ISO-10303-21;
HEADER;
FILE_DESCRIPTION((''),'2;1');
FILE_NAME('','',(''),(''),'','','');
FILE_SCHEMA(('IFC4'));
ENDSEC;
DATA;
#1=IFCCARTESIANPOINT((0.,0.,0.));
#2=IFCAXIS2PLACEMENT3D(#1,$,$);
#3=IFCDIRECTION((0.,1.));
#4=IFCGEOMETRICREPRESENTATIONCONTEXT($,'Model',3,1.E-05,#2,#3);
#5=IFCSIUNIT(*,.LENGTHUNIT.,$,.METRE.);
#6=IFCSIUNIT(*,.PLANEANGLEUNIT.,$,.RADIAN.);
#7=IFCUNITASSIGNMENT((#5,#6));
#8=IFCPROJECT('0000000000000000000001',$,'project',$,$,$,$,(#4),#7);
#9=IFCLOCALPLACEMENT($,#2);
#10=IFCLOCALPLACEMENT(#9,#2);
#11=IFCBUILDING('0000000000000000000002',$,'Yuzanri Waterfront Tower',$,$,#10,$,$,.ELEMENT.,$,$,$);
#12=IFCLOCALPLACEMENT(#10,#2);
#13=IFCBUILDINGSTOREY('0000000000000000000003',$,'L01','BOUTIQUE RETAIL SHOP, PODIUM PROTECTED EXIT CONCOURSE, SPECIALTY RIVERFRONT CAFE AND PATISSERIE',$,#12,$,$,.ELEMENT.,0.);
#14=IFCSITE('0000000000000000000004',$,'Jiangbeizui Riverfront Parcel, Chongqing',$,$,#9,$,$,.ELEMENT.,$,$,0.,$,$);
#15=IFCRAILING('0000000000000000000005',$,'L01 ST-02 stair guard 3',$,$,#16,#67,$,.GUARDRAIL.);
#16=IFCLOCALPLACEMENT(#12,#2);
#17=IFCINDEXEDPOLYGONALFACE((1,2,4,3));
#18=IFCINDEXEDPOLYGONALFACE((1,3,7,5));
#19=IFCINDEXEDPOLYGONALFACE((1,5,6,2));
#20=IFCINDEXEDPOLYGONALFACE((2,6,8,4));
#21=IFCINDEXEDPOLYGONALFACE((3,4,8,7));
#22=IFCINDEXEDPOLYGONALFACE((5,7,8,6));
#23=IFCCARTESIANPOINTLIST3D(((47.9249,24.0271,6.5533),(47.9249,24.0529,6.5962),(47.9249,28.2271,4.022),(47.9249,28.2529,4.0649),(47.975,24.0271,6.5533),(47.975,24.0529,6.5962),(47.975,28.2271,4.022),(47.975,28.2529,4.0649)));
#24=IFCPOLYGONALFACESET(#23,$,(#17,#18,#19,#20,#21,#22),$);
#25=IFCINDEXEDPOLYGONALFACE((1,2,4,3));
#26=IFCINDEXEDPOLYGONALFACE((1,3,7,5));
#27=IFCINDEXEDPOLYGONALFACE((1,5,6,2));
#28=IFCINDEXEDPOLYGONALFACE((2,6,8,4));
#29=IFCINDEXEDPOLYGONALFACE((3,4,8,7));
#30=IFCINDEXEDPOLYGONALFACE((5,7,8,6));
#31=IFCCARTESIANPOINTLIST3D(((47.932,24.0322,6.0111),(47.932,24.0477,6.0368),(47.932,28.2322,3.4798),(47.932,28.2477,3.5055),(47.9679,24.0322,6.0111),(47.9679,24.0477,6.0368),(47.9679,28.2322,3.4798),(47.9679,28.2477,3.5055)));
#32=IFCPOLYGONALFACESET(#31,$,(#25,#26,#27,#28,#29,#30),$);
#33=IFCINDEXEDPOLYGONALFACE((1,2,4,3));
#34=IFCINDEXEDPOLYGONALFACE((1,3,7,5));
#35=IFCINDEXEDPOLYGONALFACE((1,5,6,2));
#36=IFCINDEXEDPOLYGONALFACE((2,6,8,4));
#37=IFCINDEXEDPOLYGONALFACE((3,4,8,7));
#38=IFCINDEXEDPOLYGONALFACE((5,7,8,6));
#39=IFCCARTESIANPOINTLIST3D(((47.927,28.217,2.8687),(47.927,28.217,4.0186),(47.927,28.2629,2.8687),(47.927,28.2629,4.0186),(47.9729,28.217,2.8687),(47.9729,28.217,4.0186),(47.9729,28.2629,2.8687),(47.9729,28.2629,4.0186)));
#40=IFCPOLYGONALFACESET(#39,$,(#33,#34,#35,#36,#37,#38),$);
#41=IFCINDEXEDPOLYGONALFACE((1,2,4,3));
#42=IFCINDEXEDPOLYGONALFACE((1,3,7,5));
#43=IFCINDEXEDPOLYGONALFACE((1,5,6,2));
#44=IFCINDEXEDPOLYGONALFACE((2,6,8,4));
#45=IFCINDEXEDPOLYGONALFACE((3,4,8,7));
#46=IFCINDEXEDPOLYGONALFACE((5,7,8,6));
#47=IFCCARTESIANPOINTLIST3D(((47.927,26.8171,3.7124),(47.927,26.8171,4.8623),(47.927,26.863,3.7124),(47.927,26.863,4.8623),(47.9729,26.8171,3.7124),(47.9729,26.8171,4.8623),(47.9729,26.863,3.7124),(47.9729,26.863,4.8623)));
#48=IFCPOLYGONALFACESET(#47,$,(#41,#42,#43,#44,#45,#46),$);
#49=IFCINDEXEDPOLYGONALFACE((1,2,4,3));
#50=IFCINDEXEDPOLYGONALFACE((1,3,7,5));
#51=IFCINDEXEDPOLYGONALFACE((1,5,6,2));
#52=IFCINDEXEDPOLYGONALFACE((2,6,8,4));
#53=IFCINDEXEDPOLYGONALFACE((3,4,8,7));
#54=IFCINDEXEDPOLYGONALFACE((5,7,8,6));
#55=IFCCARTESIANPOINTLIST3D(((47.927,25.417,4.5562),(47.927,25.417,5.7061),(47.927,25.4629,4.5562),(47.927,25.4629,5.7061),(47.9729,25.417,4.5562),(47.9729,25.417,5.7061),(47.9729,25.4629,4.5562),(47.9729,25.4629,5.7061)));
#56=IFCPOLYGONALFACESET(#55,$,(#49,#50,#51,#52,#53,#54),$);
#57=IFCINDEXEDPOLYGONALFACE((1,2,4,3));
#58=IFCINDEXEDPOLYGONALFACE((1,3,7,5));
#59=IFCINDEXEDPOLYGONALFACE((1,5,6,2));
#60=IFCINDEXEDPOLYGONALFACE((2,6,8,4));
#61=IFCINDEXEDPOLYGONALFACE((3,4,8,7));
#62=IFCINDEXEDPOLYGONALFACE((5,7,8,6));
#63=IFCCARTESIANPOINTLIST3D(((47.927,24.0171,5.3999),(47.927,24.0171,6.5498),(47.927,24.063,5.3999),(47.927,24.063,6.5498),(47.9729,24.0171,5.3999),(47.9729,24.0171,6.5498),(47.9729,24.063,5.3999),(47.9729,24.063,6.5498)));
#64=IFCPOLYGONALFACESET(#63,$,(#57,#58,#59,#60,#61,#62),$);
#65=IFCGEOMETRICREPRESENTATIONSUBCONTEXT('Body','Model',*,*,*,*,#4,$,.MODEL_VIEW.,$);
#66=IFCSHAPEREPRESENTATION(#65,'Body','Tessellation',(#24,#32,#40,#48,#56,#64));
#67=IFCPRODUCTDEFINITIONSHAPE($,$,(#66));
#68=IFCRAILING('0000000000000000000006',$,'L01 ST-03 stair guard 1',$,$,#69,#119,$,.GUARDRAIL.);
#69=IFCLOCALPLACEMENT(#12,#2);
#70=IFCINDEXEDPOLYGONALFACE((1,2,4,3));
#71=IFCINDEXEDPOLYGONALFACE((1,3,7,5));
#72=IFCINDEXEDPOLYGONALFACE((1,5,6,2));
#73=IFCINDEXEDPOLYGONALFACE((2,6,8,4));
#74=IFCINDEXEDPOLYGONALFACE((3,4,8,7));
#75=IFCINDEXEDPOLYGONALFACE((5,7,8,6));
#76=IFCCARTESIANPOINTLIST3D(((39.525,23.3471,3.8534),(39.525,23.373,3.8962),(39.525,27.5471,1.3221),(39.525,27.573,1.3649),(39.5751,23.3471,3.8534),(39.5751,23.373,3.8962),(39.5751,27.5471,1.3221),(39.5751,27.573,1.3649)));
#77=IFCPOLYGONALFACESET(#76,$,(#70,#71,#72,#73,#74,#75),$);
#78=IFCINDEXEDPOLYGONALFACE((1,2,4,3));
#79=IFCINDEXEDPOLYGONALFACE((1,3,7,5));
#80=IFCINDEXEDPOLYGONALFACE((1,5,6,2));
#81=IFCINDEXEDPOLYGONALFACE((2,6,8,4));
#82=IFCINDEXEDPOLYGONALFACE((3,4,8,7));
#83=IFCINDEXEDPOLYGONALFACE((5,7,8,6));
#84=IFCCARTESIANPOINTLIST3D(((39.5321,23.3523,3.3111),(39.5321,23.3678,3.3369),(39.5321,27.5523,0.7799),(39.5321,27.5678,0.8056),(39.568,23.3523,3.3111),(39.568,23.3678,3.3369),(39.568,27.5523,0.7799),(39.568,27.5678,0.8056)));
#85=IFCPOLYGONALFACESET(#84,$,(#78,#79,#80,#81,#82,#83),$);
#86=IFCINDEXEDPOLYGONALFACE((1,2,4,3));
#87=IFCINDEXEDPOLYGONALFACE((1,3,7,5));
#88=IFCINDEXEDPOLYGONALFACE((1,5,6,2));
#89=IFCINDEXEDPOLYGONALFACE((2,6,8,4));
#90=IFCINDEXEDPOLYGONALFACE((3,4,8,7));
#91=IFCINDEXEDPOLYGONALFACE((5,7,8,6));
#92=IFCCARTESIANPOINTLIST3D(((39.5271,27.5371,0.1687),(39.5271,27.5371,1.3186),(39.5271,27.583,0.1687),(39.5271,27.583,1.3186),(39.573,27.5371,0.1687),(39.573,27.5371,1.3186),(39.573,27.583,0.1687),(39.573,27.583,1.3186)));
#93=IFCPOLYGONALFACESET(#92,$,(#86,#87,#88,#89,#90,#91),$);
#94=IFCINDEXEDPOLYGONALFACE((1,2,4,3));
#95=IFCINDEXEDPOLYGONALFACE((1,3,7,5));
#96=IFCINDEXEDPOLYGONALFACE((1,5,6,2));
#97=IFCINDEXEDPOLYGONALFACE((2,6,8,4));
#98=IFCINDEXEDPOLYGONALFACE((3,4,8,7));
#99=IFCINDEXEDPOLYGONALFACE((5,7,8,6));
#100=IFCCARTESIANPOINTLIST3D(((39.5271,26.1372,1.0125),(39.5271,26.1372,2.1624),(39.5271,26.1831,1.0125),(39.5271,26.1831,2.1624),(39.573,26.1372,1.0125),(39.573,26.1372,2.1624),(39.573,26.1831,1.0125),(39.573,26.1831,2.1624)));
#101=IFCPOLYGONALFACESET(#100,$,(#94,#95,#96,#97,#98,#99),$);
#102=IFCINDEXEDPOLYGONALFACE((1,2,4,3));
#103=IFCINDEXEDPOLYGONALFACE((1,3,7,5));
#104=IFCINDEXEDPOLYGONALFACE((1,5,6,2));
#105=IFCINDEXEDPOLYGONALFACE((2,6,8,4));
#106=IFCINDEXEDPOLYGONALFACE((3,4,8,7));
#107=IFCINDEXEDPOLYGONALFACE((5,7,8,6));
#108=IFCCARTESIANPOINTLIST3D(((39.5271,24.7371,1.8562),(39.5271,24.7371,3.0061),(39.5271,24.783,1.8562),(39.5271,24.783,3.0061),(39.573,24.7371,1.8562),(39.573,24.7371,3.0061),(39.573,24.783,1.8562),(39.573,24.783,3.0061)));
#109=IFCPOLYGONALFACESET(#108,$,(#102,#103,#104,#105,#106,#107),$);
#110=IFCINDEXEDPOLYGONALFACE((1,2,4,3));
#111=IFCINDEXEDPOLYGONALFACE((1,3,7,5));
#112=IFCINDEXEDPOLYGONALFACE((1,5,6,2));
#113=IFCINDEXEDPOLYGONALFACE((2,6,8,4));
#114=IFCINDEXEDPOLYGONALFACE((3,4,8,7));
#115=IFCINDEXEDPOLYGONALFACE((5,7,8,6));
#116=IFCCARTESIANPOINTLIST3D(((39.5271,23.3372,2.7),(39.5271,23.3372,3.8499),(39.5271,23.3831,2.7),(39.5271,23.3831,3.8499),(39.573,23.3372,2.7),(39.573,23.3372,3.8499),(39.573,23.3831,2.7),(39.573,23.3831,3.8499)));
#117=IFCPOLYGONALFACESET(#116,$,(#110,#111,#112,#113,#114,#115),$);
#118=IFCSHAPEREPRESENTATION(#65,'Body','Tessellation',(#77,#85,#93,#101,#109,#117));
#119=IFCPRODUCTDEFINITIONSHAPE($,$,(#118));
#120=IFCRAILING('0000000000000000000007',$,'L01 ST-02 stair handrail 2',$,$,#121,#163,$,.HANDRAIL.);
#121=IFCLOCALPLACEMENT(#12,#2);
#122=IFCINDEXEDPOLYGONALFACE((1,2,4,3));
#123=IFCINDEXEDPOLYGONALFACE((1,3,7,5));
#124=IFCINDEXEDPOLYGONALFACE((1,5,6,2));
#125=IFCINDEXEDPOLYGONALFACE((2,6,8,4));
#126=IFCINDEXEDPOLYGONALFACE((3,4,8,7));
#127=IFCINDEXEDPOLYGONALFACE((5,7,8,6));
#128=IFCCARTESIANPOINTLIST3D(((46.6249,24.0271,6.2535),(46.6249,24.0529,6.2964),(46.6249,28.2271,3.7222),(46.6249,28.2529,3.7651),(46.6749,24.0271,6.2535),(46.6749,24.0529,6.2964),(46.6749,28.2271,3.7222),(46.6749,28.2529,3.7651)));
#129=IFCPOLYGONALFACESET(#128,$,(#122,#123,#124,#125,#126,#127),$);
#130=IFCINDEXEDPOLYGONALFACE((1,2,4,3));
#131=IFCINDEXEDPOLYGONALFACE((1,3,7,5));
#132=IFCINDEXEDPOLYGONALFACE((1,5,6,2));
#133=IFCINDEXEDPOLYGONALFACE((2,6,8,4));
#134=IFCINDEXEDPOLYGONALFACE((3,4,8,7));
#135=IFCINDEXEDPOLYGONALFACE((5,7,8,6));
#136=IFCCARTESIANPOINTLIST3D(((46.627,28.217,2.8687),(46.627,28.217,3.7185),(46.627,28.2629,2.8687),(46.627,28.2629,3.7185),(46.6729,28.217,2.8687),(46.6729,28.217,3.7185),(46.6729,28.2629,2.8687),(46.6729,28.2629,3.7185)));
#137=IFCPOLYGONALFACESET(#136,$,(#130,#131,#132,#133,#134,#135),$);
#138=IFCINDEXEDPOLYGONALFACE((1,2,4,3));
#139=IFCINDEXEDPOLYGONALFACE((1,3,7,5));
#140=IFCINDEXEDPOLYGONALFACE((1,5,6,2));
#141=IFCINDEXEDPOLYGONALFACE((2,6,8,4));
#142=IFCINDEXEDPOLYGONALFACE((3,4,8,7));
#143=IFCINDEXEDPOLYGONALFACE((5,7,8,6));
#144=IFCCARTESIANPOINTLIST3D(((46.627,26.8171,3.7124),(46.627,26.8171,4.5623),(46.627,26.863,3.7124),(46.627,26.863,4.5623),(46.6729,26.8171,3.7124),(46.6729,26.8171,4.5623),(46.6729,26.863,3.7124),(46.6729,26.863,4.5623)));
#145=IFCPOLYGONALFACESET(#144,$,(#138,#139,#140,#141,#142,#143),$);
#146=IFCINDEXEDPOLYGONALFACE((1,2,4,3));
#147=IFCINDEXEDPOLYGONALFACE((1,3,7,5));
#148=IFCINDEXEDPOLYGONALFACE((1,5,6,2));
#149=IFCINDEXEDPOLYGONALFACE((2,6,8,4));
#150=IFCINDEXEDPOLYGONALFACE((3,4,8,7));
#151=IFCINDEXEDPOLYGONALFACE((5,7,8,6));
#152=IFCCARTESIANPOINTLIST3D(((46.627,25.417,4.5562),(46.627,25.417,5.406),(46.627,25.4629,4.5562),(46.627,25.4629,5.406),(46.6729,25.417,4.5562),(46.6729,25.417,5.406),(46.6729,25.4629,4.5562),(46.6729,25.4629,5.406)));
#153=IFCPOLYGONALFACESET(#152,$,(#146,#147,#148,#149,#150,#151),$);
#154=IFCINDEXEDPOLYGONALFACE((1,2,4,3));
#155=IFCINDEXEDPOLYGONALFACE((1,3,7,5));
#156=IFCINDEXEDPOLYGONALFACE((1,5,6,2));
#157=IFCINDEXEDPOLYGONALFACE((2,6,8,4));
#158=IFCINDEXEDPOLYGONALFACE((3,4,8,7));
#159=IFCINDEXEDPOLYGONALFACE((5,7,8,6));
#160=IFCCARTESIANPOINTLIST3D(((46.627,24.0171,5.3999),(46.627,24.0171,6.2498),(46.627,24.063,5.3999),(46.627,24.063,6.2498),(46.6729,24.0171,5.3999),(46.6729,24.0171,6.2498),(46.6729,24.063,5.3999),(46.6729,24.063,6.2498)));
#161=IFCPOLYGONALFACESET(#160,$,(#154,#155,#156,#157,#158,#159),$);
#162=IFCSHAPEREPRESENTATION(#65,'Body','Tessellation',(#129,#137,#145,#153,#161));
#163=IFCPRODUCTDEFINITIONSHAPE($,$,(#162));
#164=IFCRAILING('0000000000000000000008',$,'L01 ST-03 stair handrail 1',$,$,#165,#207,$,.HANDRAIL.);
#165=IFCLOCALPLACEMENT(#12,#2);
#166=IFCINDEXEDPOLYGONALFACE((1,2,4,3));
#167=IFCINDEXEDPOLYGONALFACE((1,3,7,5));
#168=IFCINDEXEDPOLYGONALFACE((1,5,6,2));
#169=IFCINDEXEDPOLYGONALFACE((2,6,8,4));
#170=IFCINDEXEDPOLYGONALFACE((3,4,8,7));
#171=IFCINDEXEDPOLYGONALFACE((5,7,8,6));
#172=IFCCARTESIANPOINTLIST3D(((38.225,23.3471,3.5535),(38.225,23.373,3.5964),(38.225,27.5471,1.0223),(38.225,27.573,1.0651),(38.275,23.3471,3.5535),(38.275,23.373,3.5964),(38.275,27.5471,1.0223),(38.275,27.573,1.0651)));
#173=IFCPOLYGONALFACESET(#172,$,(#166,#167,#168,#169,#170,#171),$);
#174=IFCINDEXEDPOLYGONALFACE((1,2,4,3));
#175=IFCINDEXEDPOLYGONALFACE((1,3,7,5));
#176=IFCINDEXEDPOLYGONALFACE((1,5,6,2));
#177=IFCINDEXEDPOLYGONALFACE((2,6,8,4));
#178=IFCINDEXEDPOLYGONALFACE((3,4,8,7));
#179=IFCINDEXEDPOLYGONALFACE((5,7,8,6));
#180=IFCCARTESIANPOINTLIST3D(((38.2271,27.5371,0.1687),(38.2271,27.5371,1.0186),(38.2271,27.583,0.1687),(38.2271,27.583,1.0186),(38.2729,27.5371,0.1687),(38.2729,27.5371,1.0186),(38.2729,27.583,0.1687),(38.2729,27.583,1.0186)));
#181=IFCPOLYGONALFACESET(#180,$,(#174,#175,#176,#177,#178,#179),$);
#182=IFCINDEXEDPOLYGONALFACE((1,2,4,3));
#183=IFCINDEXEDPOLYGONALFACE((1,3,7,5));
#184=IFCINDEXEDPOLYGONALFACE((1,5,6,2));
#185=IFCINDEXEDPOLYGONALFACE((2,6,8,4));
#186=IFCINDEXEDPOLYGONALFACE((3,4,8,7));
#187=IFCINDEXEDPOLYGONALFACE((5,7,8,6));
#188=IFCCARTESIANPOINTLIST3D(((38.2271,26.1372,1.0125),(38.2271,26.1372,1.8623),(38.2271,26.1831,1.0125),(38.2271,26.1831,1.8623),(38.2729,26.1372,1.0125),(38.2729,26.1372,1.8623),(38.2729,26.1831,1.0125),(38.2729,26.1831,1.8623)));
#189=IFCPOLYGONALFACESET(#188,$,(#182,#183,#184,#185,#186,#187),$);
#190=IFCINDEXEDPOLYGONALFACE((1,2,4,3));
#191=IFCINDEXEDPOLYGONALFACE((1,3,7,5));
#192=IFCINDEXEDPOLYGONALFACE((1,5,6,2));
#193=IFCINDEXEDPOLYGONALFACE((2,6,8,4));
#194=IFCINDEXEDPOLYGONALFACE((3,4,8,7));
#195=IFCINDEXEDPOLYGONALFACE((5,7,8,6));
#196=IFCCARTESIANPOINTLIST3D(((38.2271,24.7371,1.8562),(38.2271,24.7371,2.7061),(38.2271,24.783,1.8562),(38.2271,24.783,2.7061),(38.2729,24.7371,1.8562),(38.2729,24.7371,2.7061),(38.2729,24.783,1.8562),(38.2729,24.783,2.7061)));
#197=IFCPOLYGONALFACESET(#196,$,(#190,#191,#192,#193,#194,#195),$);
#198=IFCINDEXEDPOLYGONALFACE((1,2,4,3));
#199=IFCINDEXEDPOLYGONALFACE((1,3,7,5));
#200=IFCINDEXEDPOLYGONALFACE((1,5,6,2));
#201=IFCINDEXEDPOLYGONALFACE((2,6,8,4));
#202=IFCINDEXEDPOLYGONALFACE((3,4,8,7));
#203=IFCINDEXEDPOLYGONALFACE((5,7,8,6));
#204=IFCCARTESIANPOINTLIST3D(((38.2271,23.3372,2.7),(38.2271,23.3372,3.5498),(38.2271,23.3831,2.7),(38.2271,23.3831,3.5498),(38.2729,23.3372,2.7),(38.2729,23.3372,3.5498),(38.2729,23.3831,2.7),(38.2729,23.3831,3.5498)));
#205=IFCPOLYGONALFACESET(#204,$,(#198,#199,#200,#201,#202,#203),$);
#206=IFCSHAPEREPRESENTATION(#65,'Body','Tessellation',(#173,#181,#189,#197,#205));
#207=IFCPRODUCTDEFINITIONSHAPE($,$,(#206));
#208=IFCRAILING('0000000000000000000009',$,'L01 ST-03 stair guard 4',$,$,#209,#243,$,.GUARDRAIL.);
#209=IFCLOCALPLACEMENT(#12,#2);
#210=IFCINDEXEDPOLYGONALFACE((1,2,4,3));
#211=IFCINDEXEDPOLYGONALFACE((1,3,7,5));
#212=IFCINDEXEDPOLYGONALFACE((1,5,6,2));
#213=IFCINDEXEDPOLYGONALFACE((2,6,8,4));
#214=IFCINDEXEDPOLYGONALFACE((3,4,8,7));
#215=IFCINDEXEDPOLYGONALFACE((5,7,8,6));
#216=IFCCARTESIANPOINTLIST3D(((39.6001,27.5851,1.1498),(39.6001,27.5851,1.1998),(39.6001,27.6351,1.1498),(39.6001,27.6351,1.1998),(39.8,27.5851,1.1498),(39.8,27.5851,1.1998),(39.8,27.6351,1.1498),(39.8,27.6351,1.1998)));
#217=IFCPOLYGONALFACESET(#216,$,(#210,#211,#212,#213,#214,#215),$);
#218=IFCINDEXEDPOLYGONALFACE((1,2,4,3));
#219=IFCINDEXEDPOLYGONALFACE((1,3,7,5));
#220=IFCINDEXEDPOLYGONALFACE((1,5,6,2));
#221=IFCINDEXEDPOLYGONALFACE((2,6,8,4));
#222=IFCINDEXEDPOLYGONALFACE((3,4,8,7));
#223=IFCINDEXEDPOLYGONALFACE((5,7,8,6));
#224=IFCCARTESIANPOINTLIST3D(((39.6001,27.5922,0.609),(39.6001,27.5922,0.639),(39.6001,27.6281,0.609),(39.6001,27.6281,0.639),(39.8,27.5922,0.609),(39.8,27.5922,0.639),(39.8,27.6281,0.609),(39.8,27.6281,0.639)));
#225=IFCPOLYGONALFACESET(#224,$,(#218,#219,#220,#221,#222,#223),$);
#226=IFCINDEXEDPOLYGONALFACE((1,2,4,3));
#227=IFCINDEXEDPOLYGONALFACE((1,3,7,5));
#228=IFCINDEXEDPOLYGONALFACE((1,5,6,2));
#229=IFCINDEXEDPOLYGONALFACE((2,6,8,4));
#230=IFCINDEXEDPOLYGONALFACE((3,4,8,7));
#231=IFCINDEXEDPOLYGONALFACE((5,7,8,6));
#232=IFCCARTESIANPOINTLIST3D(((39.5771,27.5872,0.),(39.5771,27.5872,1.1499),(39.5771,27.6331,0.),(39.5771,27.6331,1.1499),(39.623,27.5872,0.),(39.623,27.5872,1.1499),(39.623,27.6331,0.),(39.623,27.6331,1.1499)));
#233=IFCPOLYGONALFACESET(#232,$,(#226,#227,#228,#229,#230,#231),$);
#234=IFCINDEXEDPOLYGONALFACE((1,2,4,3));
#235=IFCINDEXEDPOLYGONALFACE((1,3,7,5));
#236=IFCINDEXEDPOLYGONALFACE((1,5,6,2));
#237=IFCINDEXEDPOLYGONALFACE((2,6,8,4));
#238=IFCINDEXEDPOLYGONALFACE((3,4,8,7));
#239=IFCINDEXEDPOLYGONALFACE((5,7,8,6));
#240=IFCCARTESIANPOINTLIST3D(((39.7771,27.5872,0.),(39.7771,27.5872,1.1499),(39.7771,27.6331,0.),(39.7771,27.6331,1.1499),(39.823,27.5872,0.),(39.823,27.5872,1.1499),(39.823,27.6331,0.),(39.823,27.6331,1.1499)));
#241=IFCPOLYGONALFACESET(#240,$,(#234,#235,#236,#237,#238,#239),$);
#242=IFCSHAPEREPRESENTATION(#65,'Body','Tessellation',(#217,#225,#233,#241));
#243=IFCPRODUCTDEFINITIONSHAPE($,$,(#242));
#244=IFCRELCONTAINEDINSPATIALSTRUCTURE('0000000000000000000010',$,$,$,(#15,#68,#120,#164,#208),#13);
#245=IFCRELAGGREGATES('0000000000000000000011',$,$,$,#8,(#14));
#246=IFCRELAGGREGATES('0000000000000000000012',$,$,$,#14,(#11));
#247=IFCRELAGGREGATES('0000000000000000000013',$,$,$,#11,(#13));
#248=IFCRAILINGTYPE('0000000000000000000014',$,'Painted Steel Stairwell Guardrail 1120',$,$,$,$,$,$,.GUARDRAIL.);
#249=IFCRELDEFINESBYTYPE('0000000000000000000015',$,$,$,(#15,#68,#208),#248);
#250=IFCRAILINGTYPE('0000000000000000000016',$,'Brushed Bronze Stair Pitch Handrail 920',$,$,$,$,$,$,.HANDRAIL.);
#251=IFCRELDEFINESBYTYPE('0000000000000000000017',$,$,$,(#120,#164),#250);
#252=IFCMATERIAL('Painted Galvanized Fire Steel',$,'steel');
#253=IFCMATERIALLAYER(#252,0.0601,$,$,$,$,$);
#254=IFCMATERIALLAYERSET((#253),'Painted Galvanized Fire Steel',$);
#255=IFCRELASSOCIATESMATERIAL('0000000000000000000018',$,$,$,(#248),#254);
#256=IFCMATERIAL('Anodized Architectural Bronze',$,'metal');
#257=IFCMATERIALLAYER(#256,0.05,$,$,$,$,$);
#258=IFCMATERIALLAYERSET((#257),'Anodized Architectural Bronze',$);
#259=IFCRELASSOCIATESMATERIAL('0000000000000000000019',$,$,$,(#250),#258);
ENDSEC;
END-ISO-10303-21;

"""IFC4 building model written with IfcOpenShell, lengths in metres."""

from ifc_helpers import new_model, si_unit, direction, frame, origin, origin_2d, place, context, subcontext, project, spatial, rectangle, extrude, source, transform, mapped, material, layer, layer_set, type_object, element, save


model = new_model("IFC4")

# Units and contexts
model_context = context("Model", 3, precision=1e-05, world=origin(), true_north=direction((0.0, 1.0)))
body_context = subcontext(model_context, "Body", "Model", "MODEL_VIEW")
ifc_project = project(units=[si_unit("LENGTHUNIT", "METRE"), si_unit("PLANEANGLEUNIT", "RADIAN")], contexts=[model_context])

# Site, building, storey
site_placement = place(None, origin())
site = spatial("IfcSite", under=ifc_project, at=site_placement, Name="Jiangbeizui Riverfront Parcel, Chongqing", CompositionType="ELEMENT", RefElevation=0.0)
building_placement = place(site_placement, origin())
building = spatial("IfcBuilding", under=site, at=building_placement, Name="Yuzanri Waterfront Tower", CompositionType="ELEMENT")
storey_placement = place(building_placement, origin())
storey = spatial("IfcBuildingStorey", under=building, at=storey_placement, Name="L01", Description="BOUTIQUE RETAIL SHOP, PODIUM PROTECTED EXIT CONCOURSE, SPECIALTY RIVERFRONT CAFE AND PATISSERIE", CompositionType="ELEMENT", Elevation=0.0)

# Railings
ifc_material_1 = material(Name="Painted Galvanized Fire Steel", Category="steel")
ifc_layer_1 = layer(ifc_material_1, 0.0601)
ifc_layer_set_1 = layer_set([ifc_layer_1], Name="Painted Galvanized Fire Steel")
railing_type_1 = type_object("IfcRailingType", Name="Painted Steel Stairwell Guardrail 1120", PredefinedType="GUARDRAIL", material=ifc_layer_set_1)
shared_shape_1 = source(origin(), body_context, "Body", "SweptSolid", [
    extrude(rectangle(XDim=0.05, YDim=0.05, at=origin_2d()), frame((0.0, 0.0, 1.1748), z_axis=(0.0, -0.856476, 0.516186), x_axis=(1.0, 0.0, 0.0)), (0.0, 0.0, 1.0), 4.9038),
    extrude(rectangle(XDim=0.0359, YDim=0.03, at=origin_2d()), frame((0.0, 0.0, 0.624), z_axis=(0.0, -0.856476, 0.516186), x_axis=(1.0, 0.0, 0.0)), (0.0, 0.0, 1.0), 4.9038),
    extrude(rectangle(XDim=0.0459, YDim=0.0459, at=origin_2d()), origin(), (0.0, 0.0, 1.0), 1.1499),
    extrude(rectangle(XDim=0.0459, YDim=0.0459, at=origin_2d()), frame((0.0, -1.3999, 0.8438)), (0.0, 0.0, 1.0), 1.1499),
    extrude(rectangle(XDim=0.0459, YDim=0.0459, at=origin_2d()), frame((0.0, -2.8, 1.6875)), (0.0, 0.0, 1.0), 1.1499),
    extrude(rectangle(XDim=0.0459, YDim=0.0459, at=origin_2d()), frame((0.0, -4.2, 2.5312)), (0.0, 0.0, 1.0), 1.1499),
])
for number, where, name in (
    (1, (47.95, 28.24, 2.8687), "L01 ST-02 stair guard 3"),
    (2, (39.55, 27.5601, 0.1687), "L01 ST-03 stair guard 1"),
):
    element("IfcRailing", number, at=place(storey_placement, frame(where)), inside=storey, type_object=railing_type_1, Name=name, PredefinedType="GUARDRAIL", context=body_context, shape_type="MappedRepresentation", body=[
        mapped(shared_shape_1, transform((0.0, 0.0, 0.0), scale=1.0)),
    ])
ifc_material_2 = material(Name="Anodized Architectural Bronze", Category="metal")
ifc_layer_2 = layer(ifc_material_2, 0.05)
ifc_layer_set_2 = layer_set([ifc_layer_2], Name="Anodized Architectural Bronze")
railing_type_2 = type_object("IfcRailingType", Name="Brushed Bronze Stair Pitch Handrail 920", PredefinedType="HANDRAIL", material=ifc_layer_set_2)
shared_shape_2 = source(origin(), body_context, "Body", "SweptSolid", [
    extrude(rectangle(XDim=0.05, YDim=0.05, at=origin_2d()), frame((0.0, 0.0, 0.875), z_axis=(0.0, -0.856476, 0.516186), x_axis=(1.0, 0.0, 0.0)), (0.0, 0.0, 1.0), 4.9038),
    extrude(rectangle(XDim=0.0459, YDim=0.0459, at=origin_2d()), origin(), (0.0, 0.0, 1.0), 0.8499),
    extrude(rectangle(XDim=0.0459, YDim=0.0459, at=origin_2d()), frame((0.0, -1.3999, 0.8438)), (0.0, 0.0, 1.0), 0.8499),
    extrude(rectangle(XDim=0.0459, YDim=0.0459, at=origin_2d()), frame((0.0, -2.8, 1.6875)), (0.0, 0.0, 1.0), 0.8499),
    extrude(rectangle(XDim=0.0459, YDim=0.0459, at=origin_2d()), frame((0.0, -4.2, 2.5312)), (0.0, 0.0, 1.0), 0.8499),
])
for number, where, name in (
    (3, (46.6499, 28.24, 2.8687), "L01 ST-02 stair handrail 2"),
    (4, (38.25, 27.5601, 0.1687), "L01 ST-03 stair handrail 1"),
):
    element("IfcRailing", number, at=place(storey_placement, frame(where)), inside=storey, type_object=railing_type_2, Name=name, PredefinedType="HANDRAIL", context=body_context, shape_type="MappedRepresentation", body=[
        mapped(shared_shape_2, transform((0.0, 0.0, 0.0), scale=1.0)),
    ])
shared_shape_3 = source(origin(), body_context, "Body", "SweptSolid", [
    extrude(rectangle(XDim=0.05, YDim=0.05, at=origin_2d()), frame((0.0, 0.0, 1.1748), z_axis=(1.0, 0.0, 0.0), x_axis=(0.0, 1.0, 0.0)), (0.0, 0.0, 1.0), 0.2),
    extrude(rectangle(XDim=0.0359, YDim=0.03, at=origin_2d()), frame((0.0, 0.0, 0.624), z_axis=(1.0, 0.0, 0.0), x_axis=(0.0, 1.0, 0.0)), (0.0, 0.0, 1.0), 0.2),
    extrude(rectangle(XDim=0.0459, YDim=0.0459, at=origin_2d()), origin(), (0.0, 0.0, 1.0), 1.1499),
    extrude(rectangle(XDim=0.0459, YDim=0.0459, at=origin_2d()), frame((0.2, 0.0, 0.0)), (0.0, 0.0, 1.0), 1.1499),
])
railing_1_placement = place(storey_placement, frame((39.6001, 27.6101, 0.0)))
element("IfcRailing", 5, at=railing_1_placement, inside=storey, type_object=railing_type_1, Name="L01 ST-03 stair guard 4", PredefinedType="GUARDRAIL", context=body_context, shape_type="MappedRepresentation", body=[
    mapped(shared_shape_3, transform((0.0, 0.0, 0.0), scale=1.0)),
])

save(model, "model.ifc")
